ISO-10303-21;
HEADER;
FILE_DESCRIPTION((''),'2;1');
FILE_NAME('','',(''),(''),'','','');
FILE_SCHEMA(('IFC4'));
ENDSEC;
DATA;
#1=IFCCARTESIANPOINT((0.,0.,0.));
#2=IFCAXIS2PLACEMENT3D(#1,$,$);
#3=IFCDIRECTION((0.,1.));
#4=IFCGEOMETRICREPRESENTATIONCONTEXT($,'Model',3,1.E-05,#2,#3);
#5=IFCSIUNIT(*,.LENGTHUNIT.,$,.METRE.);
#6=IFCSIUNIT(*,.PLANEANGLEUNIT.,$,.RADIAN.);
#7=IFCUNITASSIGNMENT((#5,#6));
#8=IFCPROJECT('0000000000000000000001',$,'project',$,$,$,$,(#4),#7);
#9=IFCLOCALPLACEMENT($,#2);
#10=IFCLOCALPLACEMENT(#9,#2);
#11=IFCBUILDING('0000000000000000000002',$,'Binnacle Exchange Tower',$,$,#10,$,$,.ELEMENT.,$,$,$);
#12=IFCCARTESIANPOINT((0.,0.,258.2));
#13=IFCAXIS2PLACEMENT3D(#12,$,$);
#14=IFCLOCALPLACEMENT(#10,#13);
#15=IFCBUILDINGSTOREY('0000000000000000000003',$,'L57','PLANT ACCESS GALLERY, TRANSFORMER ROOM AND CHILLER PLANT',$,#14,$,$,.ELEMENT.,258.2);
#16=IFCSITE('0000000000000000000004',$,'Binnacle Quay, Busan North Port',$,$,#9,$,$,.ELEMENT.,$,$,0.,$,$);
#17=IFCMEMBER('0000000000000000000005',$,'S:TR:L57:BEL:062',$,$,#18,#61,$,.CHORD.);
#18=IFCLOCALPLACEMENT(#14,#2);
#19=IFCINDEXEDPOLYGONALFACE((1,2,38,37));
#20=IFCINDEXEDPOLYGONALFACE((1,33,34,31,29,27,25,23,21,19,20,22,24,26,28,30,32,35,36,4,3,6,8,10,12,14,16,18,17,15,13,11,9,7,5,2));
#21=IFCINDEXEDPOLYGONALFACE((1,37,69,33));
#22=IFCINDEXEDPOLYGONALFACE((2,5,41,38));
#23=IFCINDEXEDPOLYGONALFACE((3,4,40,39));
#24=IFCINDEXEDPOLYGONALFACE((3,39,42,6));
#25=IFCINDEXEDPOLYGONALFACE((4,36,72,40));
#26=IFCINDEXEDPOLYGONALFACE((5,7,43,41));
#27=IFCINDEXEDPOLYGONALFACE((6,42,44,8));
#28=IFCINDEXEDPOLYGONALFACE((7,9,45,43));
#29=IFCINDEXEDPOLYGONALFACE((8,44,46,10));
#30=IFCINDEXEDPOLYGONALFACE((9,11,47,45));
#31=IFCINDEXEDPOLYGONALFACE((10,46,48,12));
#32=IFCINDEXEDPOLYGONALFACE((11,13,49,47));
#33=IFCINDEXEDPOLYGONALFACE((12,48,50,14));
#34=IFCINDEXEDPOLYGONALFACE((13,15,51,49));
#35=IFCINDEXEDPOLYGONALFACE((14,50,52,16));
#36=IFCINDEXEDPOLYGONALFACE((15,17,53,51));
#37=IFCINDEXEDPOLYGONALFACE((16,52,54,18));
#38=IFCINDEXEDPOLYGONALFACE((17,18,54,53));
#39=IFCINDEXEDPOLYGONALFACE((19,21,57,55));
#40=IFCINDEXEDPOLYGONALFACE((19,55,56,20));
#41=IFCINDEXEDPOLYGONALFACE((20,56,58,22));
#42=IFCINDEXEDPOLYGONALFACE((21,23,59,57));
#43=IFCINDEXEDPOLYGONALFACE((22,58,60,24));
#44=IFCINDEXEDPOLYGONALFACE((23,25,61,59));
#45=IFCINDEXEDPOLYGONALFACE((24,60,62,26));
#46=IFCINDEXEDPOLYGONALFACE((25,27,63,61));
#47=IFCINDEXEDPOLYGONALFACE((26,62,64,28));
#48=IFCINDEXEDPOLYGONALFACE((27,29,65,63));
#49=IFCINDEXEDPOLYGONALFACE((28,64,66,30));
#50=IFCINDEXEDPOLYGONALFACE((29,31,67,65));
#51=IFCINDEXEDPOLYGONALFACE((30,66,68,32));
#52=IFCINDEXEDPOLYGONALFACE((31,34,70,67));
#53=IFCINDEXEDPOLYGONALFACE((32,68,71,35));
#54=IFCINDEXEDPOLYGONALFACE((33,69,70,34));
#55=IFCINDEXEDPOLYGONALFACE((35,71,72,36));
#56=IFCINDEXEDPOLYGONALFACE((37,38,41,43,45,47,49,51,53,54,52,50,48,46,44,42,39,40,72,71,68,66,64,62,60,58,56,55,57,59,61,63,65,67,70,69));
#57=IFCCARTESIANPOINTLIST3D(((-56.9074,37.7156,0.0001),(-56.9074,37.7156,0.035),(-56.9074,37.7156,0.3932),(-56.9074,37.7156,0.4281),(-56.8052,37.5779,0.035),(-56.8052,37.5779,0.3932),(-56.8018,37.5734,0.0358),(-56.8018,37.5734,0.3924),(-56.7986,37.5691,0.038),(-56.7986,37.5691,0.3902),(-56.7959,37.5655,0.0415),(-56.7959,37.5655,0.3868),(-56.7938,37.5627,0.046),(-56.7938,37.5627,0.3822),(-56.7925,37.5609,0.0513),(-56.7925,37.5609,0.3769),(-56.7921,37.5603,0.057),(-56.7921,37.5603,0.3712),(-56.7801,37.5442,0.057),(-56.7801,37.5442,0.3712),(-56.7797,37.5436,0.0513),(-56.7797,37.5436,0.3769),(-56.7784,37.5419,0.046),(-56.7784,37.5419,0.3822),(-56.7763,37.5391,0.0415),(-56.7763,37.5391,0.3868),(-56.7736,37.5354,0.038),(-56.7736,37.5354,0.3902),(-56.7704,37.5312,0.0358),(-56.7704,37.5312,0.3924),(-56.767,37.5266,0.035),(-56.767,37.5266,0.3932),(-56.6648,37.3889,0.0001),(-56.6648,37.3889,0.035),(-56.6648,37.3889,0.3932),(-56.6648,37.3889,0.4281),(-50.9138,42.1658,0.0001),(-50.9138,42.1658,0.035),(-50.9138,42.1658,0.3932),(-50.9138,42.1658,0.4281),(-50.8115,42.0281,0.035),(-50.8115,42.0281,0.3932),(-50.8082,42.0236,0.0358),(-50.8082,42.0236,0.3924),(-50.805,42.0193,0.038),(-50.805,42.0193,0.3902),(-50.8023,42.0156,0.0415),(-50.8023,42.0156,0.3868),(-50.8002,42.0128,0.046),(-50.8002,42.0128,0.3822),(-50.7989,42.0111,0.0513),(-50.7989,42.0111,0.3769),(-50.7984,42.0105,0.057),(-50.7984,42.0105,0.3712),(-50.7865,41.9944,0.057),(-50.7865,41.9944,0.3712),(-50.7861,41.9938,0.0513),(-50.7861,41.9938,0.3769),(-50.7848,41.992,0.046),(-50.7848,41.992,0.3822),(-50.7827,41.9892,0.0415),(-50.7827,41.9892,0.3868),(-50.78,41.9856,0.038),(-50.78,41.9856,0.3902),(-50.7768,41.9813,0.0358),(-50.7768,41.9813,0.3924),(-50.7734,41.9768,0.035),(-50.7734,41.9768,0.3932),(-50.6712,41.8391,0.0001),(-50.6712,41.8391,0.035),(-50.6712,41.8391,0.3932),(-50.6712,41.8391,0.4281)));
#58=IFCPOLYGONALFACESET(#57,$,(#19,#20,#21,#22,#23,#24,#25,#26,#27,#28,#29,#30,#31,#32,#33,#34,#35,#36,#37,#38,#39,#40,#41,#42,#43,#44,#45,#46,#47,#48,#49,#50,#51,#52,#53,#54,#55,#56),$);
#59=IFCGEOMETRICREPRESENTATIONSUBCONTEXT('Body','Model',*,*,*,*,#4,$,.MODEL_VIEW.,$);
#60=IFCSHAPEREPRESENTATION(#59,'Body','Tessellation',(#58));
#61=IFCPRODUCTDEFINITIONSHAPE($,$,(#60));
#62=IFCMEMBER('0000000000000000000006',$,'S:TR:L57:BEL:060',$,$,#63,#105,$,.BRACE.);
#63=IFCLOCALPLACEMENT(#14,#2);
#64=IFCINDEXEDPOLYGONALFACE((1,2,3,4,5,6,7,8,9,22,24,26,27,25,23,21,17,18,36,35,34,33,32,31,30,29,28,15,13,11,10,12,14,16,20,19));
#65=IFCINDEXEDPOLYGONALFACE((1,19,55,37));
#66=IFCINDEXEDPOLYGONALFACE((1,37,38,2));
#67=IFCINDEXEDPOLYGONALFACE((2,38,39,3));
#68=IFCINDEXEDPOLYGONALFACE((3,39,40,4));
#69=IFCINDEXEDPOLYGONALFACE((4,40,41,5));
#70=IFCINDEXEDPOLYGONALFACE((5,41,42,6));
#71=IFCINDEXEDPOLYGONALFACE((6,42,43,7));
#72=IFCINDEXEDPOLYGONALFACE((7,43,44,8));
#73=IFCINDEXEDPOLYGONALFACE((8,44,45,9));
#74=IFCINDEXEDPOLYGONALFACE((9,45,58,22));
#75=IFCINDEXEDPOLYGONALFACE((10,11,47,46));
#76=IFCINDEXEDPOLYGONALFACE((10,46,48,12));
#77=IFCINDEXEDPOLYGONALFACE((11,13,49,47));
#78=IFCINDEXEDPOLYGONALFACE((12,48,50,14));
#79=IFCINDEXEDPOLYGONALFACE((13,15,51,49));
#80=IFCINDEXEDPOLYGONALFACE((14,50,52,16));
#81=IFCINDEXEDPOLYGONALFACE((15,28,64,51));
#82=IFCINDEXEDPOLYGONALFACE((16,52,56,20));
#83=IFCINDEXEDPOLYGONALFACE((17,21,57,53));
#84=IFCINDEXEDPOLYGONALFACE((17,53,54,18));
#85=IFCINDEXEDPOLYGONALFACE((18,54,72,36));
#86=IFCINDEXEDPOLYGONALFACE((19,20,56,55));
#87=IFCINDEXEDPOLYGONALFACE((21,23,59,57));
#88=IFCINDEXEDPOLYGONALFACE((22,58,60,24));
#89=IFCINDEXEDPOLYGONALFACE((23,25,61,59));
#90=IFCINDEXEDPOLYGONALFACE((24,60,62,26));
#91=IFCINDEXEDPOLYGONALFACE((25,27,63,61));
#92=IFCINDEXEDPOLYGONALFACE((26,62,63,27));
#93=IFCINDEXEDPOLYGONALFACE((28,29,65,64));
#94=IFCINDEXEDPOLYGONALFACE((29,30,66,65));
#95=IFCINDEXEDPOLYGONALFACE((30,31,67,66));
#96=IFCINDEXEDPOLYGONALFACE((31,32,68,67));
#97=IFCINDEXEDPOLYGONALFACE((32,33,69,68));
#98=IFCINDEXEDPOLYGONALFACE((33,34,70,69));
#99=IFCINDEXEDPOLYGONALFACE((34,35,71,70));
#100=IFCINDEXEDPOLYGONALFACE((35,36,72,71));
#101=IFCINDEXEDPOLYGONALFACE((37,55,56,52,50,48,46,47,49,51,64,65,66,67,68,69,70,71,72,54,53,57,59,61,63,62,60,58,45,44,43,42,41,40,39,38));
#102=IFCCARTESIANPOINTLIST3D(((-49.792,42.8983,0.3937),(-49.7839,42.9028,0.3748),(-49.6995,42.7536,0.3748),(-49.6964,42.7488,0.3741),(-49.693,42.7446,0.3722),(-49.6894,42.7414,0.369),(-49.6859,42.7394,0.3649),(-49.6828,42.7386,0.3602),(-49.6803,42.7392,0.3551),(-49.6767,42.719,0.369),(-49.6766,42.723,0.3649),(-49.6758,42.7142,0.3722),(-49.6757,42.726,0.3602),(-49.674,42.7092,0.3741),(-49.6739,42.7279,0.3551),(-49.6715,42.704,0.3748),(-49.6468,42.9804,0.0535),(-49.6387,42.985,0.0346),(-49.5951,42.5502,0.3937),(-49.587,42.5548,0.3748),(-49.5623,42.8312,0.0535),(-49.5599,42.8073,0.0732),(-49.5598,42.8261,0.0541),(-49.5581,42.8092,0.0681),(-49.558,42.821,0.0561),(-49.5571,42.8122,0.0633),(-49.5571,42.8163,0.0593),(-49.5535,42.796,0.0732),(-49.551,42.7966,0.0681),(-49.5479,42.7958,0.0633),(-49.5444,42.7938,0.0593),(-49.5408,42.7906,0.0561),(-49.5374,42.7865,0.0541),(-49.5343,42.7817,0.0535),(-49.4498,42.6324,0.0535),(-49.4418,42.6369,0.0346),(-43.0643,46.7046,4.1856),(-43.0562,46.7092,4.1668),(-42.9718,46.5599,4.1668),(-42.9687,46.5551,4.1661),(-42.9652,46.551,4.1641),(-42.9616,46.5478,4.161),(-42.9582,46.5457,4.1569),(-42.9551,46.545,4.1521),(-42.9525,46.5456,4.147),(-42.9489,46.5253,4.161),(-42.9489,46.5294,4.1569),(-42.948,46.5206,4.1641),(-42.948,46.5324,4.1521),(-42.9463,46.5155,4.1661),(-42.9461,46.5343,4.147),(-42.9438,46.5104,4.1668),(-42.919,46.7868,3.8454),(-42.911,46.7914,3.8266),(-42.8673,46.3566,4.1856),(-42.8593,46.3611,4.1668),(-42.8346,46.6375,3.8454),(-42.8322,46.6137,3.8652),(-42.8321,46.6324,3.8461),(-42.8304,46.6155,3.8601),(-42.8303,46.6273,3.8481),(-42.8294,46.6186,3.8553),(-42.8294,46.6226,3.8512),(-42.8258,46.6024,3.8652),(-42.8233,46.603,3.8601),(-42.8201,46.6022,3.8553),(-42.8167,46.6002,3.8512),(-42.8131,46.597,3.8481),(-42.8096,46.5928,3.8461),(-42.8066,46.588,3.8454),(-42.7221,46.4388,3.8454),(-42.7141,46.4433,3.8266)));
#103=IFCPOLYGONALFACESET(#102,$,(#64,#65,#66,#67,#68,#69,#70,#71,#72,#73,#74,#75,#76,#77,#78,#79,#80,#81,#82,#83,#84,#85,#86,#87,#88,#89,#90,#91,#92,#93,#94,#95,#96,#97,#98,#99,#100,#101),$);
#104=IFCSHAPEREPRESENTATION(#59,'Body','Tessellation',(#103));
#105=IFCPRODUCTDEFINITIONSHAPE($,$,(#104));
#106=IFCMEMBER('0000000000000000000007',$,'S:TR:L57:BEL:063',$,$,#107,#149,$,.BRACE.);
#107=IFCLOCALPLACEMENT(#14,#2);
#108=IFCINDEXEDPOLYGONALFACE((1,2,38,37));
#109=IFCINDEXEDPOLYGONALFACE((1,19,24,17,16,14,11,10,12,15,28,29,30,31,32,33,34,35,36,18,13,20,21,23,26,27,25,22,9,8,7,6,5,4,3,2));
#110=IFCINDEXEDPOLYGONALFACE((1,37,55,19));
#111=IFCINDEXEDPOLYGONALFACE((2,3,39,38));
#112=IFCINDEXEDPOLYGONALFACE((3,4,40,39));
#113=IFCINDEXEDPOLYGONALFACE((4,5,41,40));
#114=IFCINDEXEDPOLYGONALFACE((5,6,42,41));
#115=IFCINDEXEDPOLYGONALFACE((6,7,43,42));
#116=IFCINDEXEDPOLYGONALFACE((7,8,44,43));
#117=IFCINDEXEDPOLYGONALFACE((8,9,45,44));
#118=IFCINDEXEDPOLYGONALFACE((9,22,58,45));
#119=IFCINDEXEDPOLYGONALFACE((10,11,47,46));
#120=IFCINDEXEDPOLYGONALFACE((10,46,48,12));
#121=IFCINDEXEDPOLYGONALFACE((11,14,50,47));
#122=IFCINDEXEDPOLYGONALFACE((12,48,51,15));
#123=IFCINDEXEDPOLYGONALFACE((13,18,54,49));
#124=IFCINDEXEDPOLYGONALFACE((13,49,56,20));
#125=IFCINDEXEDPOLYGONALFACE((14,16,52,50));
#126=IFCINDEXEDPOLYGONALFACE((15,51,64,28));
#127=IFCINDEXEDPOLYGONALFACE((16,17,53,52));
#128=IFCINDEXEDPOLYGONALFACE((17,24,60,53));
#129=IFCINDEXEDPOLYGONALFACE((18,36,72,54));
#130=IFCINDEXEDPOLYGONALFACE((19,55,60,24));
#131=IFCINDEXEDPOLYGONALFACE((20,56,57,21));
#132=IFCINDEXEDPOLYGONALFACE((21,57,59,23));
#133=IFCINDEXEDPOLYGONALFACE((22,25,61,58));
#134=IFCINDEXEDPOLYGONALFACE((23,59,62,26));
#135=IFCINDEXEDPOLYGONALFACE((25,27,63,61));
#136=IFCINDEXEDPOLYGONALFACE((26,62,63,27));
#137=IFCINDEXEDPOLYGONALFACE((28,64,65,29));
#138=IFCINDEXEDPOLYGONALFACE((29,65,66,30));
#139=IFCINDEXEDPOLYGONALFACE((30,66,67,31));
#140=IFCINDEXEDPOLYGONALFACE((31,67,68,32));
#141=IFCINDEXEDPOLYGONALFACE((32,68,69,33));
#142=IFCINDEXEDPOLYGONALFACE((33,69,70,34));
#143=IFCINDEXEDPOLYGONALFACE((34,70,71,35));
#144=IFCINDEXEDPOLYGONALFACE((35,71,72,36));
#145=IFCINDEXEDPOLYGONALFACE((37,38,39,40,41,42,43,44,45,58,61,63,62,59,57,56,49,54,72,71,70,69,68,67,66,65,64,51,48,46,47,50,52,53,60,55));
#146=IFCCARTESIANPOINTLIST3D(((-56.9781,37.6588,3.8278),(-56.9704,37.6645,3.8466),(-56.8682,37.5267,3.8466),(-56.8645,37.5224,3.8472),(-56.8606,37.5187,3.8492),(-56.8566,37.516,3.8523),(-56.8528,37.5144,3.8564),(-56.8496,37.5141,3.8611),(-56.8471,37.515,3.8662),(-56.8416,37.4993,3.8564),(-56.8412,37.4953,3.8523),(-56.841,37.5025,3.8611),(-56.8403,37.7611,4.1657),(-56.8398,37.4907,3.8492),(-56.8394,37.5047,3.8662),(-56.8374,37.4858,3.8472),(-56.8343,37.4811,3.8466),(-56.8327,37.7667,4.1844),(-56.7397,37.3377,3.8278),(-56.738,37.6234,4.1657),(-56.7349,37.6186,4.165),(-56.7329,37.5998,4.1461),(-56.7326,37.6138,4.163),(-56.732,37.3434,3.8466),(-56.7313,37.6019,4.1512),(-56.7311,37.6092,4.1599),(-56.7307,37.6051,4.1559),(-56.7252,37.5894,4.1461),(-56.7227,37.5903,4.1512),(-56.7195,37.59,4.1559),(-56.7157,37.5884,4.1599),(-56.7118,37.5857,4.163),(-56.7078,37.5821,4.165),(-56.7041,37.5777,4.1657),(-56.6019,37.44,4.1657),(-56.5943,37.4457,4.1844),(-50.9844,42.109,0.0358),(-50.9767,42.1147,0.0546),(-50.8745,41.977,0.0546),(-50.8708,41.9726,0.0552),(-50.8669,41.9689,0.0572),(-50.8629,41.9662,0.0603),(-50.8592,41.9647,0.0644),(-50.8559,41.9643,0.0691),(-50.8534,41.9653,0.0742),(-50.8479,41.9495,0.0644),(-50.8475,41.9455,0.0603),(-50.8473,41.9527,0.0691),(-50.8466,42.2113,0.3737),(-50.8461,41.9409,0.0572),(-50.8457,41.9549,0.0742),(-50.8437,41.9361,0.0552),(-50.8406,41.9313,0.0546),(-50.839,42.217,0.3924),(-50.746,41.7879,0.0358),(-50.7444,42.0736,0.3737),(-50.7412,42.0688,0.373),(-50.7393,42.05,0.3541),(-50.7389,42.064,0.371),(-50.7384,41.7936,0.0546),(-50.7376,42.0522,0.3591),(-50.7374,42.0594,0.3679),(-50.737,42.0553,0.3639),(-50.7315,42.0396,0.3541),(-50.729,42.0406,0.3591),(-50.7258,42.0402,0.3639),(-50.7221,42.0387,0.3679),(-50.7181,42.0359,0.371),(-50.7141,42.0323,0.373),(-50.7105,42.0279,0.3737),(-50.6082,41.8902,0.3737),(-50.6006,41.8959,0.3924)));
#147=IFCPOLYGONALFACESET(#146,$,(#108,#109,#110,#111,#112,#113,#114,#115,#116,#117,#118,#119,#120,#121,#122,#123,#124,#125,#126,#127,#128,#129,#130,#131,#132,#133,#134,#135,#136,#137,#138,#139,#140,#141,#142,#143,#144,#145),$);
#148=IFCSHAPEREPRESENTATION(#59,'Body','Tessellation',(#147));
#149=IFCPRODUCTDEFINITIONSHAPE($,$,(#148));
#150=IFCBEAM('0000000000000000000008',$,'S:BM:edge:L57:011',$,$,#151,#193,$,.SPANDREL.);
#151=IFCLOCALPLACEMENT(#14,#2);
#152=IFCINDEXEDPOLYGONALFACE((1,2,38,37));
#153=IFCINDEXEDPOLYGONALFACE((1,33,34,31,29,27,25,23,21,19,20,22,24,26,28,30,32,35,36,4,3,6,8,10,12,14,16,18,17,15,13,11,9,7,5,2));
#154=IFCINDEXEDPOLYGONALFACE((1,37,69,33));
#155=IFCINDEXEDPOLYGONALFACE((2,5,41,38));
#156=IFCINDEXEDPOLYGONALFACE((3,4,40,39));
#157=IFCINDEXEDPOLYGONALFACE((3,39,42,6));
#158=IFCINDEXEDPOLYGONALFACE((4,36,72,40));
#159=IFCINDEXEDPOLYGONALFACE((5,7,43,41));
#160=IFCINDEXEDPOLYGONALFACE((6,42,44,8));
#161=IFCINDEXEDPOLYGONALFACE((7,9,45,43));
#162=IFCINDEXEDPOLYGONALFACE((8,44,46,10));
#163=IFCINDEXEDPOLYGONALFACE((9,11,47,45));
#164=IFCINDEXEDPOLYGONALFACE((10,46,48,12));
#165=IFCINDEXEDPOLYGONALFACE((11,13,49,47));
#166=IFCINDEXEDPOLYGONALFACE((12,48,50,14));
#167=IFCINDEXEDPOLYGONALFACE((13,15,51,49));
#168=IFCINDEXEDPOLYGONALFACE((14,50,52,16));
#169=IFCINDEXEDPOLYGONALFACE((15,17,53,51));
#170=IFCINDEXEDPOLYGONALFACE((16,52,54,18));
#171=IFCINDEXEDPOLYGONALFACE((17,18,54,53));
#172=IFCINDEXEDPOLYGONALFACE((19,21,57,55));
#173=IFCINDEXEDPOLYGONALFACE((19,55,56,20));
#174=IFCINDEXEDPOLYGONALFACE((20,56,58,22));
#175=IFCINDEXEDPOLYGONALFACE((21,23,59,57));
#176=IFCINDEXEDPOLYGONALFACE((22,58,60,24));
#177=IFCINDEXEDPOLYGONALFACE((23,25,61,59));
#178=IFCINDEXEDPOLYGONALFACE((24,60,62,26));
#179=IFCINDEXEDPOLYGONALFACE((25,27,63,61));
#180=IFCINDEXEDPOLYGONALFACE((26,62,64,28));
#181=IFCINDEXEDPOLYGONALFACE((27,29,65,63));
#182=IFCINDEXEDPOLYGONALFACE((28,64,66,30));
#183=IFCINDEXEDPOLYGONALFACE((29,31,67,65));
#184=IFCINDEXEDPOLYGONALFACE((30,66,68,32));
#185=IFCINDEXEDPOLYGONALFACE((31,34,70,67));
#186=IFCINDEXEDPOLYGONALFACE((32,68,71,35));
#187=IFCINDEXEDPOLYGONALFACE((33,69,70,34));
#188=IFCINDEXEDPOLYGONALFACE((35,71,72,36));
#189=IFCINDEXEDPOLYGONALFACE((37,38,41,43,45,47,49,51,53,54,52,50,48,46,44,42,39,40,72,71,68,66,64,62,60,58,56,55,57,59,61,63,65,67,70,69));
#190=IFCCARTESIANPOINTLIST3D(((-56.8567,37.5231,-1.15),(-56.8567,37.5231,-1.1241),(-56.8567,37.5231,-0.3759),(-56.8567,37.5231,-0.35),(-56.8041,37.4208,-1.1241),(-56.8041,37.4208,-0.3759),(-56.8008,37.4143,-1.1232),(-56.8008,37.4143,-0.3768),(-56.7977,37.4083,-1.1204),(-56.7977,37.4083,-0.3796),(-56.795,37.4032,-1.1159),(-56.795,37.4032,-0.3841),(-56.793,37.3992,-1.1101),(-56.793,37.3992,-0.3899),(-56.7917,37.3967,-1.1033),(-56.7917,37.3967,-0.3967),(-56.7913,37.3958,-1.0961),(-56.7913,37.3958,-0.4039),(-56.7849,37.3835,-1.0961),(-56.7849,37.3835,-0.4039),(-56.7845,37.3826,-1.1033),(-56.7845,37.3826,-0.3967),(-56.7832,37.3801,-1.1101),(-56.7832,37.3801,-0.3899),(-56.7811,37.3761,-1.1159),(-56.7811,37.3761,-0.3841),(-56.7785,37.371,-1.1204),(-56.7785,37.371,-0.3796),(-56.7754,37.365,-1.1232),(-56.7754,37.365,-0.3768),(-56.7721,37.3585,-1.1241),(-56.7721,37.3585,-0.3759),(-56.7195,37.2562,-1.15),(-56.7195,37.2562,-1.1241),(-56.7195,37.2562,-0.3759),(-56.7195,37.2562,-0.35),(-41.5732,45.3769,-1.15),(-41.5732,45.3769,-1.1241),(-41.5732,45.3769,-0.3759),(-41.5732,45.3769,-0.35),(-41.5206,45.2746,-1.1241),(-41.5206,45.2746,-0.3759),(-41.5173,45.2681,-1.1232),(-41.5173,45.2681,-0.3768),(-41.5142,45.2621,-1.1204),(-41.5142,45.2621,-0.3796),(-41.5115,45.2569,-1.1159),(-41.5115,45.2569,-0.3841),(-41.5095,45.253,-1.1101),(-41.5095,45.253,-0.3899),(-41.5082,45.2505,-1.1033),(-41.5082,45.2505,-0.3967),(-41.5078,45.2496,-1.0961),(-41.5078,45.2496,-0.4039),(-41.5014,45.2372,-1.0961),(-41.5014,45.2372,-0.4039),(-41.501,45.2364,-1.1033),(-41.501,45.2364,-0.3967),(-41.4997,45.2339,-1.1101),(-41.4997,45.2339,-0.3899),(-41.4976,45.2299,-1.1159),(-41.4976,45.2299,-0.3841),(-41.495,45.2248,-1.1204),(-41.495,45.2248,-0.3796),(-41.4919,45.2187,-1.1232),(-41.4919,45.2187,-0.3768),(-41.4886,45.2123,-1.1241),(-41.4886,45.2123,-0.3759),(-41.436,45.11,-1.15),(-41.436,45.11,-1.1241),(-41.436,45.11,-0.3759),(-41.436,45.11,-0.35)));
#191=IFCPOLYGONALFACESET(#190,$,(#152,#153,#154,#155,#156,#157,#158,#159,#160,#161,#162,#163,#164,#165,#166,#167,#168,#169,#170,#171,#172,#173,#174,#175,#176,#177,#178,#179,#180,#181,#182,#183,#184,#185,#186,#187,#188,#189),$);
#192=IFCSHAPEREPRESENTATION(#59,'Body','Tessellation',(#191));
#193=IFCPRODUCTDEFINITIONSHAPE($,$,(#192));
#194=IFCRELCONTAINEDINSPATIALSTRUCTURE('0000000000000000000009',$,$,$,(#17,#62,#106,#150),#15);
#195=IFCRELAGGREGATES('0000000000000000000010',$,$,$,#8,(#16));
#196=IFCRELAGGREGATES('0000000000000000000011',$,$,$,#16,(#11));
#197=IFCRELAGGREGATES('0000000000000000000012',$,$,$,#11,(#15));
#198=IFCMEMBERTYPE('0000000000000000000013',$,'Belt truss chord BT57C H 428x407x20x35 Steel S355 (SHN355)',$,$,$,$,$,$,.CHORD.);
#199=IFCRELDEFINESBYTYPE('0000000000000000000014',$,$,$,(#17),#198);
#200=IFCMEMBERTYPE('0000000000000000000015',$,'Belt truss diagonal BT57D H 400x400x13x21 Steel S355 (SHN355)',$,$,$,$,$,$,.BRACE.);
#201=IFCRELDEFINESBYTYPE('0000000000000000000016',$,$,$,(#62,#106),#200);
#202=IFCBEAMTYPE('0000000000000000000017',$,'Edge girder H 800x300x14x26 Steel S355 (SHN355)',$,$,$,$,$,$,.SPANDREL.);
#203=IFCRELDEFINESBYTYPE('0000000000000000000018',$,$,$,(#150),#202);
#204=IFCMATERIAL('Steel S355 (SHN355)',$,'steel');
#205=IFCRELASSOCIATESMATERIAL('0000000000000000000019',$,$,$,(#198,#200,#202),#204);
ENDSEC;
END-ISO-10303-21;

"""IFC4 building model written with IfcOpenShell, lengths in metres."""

from ifc_helpers import new_model, si_unit, direction, frame, origin, origin_2d, place, context, subcontext, project, spatial, i_section, extrude, material, material_profile, profile_set, type_object, element, save


model = new_model("IFC4")

# Units and contexts
model_context = context("Model", 3, precision=1e-05, world=origin(), true_north=direction((0.0, 1.0)))
body_context = subcontext(model_context, "Body", "Model", "MODEL_VIEW")
ifc_project = project(units=[si_unit("LENGTHUNIT", "METRE"), si_unit("PLANEANGLEUNIT", "RADIAN")], contexts=[model_context])

# Site, building, storey
site_placement = place(None, origin())
site = spatial("IfcSite", under=ifc_project, at=site_placement, Name="Binnacle Quay, Busan North Port", CompositionType="ELEMENT", RefElevation=0.0)
building_placement = place(site_placement, origin())
building = spatial("IfcBuilding", under=site, at=building_placement, Name="Binnacle Exchange Tower", CompositionType="ELEMENT")
storey_placement = place(building_placement, frame((0.0, 0.0, 258.2)))
storey = spatial("IfcBuildingStorey", under=building, at=storey_placement, Name="L57", Description="PLANT ACCESS GALLERY, TRANSFORMER ROOM AND CHILLER PLANT", CompositionType="ELEMENT", Elevation=258.2)

# Members
ifc_material_1 = material(Name="Steel S355 (SHN355)", Category="steel")
ifc_material_profile_1 = material_profile(ifc_material_1, i_section(OverallWidth=0.407, OverallDepth=0.428, WebThickness=0.02, FlangeThickness=0.0349, FilletRadius=0.022, at=origin_2d()), Name="H 428x407x20x35")
ifc_profile_set_1 = profile_set([ifc_material_profile_1], Name="Steel S355 (SHN355)")
member_type_1 = type_object("IfcMemberType", Name="Belt truss chord BT57C H 428x407x20x35 Steel S355 (SHN355)", PredefinedType="CHORD", material=ifc_profile_set_1)
for number, where, z_axis, x_axis, name in (
    (1, (-50.7925, 42.0024, 0.2141), (-0.802887, -0.596131, 0.0), (0.596131, -0.802887, 0.0), "S:TR:L57:BEL:062"),
):
    element("IfcMember", number, at=place(storey_placement, frame(where, z_axis=z_axis, x_axis=x_axis)), inside=storey, type_object=member_type_1, Name=name, PredefinedType="CHORD", context=body_context, shape_type="SweptSolid", body=[
        extrude(i_section(OverallWidth=0.407, OverallDepth=0.428, WebThickness=0.02, FlangeThickness=0.0349, FilletRadius=0.022, at=origin_2d()), origin(), (0.0, 0.0, 1.0), 7.4651),
    ])
ifc_material_profile_2 = material_profile(ifc_material_1, i_section(OverallWidth=0.3999, OverallDepth=0.3999, WebThickness=0.0129, FlangeThickness=0.021, FilletRadius=0.022, at=origin_2d()), Name="H 400x400x13x21")
ifc_profile_set_2 = profile_set([ifc_material_profile_2], Name="Steel S355 (SHN355)")
member_type_2 = type_object("IfcMemberType", Name="Belt truss diagonal BT57D H 400x400x13x21 Steel S355 (SHN355)", PredefinedType="BRACE", material=ifc_profile_set_2)
member_1_placement = place(storey_placement, frame((-42.8892, 46.574, 4.0061), z_axis=(-0.781398, -0.442094, -0.440421), x_axis=(0.492424, -0.870356, 0.0)))
element("IfcMember", 2, at=member_1_placement, inside=storey, type_object=member_type_2, Name="S:TR:L57:BEL:060", PredefinedType="BRACE", context=body_context, shape_type="SweptSolid", body=[
    extrude(i_section(OverallWidth=0.3999, OverallDepth=0.3999, WebThickness=0.0129, FlangeThickness=0.021, FilletRadius=0.022, at=origin_2d()), origin(), (0.0, 0.0, 1.0), 8.6099),
])
member_2_placement = place(storey_placement, frame((-50.7925, 42.0024, 0.2141), z_axis=(-0.71583, -0.531493, 0.452883), x_axis=(0.596131, -0.802887, 0.0)))
element("IfcMember", 3, at=member_2_placement, inside=storey, type_object=member_type_2, Name="S:TR:L57:BEL:063", PredefinedType="BRACE", context=body_context, shape_type="SweptSolid", body=[
    extrude(i_section(OverallWidth=0.3999, OverallDepth=0.3999, WebThickness=0.0129, FlangeThickness=0.021, FilletRadius=0.022, at=origin_2d()), origin(), (0.0, 0.0, 1.0), 8.373),
])

# Beam
ifc_material_profile_3 = material_profile(ifc_material_1, i_section(OverallWidth=0.3, OverallDepth=0.8, WebThickness=0.0139, FlangeThickness=0.0259, FilletRadius=0.0281, at=origin_2d()), Name="H 800x300x14x26")
ifc_profile_set_3 = profile_set([ifc_material_profile_3], Name="Steel S355 (SHN355)")
beam_type = type_object("IfcBeamType", Name="Edge girder H 800x300x14x26 Steel S355 (SHN355)", PredefinedType="SPANDREL", material=ifc_profile_set_3)
beam_placement = place(storey_placement, frame((-56.7881, 37.3896, -0.75), z_axis=(0.889437, 0.457058, 0.0), x_axis=(-0.457058, 0.889437, 0.0)))
element("IfcBeam", 4, at=beam_placement, inside=storey, type_object=beam_type, Name="S:BM:edge:L57:011", PredefinedType="SPANDREL", context=body_context, shape_type="SweptSolid", body=[
    extrude(i_section(OverallWidth=0.3, OverallDepth=0.8, WebThickness=0.0139, FlangeThickness=0.0259, FilletRadius=0.0281, at=origin_2d()), origin(), (0.0, 0.0, 1.0), 17.1833),
])

save(model, "model.ifc")
